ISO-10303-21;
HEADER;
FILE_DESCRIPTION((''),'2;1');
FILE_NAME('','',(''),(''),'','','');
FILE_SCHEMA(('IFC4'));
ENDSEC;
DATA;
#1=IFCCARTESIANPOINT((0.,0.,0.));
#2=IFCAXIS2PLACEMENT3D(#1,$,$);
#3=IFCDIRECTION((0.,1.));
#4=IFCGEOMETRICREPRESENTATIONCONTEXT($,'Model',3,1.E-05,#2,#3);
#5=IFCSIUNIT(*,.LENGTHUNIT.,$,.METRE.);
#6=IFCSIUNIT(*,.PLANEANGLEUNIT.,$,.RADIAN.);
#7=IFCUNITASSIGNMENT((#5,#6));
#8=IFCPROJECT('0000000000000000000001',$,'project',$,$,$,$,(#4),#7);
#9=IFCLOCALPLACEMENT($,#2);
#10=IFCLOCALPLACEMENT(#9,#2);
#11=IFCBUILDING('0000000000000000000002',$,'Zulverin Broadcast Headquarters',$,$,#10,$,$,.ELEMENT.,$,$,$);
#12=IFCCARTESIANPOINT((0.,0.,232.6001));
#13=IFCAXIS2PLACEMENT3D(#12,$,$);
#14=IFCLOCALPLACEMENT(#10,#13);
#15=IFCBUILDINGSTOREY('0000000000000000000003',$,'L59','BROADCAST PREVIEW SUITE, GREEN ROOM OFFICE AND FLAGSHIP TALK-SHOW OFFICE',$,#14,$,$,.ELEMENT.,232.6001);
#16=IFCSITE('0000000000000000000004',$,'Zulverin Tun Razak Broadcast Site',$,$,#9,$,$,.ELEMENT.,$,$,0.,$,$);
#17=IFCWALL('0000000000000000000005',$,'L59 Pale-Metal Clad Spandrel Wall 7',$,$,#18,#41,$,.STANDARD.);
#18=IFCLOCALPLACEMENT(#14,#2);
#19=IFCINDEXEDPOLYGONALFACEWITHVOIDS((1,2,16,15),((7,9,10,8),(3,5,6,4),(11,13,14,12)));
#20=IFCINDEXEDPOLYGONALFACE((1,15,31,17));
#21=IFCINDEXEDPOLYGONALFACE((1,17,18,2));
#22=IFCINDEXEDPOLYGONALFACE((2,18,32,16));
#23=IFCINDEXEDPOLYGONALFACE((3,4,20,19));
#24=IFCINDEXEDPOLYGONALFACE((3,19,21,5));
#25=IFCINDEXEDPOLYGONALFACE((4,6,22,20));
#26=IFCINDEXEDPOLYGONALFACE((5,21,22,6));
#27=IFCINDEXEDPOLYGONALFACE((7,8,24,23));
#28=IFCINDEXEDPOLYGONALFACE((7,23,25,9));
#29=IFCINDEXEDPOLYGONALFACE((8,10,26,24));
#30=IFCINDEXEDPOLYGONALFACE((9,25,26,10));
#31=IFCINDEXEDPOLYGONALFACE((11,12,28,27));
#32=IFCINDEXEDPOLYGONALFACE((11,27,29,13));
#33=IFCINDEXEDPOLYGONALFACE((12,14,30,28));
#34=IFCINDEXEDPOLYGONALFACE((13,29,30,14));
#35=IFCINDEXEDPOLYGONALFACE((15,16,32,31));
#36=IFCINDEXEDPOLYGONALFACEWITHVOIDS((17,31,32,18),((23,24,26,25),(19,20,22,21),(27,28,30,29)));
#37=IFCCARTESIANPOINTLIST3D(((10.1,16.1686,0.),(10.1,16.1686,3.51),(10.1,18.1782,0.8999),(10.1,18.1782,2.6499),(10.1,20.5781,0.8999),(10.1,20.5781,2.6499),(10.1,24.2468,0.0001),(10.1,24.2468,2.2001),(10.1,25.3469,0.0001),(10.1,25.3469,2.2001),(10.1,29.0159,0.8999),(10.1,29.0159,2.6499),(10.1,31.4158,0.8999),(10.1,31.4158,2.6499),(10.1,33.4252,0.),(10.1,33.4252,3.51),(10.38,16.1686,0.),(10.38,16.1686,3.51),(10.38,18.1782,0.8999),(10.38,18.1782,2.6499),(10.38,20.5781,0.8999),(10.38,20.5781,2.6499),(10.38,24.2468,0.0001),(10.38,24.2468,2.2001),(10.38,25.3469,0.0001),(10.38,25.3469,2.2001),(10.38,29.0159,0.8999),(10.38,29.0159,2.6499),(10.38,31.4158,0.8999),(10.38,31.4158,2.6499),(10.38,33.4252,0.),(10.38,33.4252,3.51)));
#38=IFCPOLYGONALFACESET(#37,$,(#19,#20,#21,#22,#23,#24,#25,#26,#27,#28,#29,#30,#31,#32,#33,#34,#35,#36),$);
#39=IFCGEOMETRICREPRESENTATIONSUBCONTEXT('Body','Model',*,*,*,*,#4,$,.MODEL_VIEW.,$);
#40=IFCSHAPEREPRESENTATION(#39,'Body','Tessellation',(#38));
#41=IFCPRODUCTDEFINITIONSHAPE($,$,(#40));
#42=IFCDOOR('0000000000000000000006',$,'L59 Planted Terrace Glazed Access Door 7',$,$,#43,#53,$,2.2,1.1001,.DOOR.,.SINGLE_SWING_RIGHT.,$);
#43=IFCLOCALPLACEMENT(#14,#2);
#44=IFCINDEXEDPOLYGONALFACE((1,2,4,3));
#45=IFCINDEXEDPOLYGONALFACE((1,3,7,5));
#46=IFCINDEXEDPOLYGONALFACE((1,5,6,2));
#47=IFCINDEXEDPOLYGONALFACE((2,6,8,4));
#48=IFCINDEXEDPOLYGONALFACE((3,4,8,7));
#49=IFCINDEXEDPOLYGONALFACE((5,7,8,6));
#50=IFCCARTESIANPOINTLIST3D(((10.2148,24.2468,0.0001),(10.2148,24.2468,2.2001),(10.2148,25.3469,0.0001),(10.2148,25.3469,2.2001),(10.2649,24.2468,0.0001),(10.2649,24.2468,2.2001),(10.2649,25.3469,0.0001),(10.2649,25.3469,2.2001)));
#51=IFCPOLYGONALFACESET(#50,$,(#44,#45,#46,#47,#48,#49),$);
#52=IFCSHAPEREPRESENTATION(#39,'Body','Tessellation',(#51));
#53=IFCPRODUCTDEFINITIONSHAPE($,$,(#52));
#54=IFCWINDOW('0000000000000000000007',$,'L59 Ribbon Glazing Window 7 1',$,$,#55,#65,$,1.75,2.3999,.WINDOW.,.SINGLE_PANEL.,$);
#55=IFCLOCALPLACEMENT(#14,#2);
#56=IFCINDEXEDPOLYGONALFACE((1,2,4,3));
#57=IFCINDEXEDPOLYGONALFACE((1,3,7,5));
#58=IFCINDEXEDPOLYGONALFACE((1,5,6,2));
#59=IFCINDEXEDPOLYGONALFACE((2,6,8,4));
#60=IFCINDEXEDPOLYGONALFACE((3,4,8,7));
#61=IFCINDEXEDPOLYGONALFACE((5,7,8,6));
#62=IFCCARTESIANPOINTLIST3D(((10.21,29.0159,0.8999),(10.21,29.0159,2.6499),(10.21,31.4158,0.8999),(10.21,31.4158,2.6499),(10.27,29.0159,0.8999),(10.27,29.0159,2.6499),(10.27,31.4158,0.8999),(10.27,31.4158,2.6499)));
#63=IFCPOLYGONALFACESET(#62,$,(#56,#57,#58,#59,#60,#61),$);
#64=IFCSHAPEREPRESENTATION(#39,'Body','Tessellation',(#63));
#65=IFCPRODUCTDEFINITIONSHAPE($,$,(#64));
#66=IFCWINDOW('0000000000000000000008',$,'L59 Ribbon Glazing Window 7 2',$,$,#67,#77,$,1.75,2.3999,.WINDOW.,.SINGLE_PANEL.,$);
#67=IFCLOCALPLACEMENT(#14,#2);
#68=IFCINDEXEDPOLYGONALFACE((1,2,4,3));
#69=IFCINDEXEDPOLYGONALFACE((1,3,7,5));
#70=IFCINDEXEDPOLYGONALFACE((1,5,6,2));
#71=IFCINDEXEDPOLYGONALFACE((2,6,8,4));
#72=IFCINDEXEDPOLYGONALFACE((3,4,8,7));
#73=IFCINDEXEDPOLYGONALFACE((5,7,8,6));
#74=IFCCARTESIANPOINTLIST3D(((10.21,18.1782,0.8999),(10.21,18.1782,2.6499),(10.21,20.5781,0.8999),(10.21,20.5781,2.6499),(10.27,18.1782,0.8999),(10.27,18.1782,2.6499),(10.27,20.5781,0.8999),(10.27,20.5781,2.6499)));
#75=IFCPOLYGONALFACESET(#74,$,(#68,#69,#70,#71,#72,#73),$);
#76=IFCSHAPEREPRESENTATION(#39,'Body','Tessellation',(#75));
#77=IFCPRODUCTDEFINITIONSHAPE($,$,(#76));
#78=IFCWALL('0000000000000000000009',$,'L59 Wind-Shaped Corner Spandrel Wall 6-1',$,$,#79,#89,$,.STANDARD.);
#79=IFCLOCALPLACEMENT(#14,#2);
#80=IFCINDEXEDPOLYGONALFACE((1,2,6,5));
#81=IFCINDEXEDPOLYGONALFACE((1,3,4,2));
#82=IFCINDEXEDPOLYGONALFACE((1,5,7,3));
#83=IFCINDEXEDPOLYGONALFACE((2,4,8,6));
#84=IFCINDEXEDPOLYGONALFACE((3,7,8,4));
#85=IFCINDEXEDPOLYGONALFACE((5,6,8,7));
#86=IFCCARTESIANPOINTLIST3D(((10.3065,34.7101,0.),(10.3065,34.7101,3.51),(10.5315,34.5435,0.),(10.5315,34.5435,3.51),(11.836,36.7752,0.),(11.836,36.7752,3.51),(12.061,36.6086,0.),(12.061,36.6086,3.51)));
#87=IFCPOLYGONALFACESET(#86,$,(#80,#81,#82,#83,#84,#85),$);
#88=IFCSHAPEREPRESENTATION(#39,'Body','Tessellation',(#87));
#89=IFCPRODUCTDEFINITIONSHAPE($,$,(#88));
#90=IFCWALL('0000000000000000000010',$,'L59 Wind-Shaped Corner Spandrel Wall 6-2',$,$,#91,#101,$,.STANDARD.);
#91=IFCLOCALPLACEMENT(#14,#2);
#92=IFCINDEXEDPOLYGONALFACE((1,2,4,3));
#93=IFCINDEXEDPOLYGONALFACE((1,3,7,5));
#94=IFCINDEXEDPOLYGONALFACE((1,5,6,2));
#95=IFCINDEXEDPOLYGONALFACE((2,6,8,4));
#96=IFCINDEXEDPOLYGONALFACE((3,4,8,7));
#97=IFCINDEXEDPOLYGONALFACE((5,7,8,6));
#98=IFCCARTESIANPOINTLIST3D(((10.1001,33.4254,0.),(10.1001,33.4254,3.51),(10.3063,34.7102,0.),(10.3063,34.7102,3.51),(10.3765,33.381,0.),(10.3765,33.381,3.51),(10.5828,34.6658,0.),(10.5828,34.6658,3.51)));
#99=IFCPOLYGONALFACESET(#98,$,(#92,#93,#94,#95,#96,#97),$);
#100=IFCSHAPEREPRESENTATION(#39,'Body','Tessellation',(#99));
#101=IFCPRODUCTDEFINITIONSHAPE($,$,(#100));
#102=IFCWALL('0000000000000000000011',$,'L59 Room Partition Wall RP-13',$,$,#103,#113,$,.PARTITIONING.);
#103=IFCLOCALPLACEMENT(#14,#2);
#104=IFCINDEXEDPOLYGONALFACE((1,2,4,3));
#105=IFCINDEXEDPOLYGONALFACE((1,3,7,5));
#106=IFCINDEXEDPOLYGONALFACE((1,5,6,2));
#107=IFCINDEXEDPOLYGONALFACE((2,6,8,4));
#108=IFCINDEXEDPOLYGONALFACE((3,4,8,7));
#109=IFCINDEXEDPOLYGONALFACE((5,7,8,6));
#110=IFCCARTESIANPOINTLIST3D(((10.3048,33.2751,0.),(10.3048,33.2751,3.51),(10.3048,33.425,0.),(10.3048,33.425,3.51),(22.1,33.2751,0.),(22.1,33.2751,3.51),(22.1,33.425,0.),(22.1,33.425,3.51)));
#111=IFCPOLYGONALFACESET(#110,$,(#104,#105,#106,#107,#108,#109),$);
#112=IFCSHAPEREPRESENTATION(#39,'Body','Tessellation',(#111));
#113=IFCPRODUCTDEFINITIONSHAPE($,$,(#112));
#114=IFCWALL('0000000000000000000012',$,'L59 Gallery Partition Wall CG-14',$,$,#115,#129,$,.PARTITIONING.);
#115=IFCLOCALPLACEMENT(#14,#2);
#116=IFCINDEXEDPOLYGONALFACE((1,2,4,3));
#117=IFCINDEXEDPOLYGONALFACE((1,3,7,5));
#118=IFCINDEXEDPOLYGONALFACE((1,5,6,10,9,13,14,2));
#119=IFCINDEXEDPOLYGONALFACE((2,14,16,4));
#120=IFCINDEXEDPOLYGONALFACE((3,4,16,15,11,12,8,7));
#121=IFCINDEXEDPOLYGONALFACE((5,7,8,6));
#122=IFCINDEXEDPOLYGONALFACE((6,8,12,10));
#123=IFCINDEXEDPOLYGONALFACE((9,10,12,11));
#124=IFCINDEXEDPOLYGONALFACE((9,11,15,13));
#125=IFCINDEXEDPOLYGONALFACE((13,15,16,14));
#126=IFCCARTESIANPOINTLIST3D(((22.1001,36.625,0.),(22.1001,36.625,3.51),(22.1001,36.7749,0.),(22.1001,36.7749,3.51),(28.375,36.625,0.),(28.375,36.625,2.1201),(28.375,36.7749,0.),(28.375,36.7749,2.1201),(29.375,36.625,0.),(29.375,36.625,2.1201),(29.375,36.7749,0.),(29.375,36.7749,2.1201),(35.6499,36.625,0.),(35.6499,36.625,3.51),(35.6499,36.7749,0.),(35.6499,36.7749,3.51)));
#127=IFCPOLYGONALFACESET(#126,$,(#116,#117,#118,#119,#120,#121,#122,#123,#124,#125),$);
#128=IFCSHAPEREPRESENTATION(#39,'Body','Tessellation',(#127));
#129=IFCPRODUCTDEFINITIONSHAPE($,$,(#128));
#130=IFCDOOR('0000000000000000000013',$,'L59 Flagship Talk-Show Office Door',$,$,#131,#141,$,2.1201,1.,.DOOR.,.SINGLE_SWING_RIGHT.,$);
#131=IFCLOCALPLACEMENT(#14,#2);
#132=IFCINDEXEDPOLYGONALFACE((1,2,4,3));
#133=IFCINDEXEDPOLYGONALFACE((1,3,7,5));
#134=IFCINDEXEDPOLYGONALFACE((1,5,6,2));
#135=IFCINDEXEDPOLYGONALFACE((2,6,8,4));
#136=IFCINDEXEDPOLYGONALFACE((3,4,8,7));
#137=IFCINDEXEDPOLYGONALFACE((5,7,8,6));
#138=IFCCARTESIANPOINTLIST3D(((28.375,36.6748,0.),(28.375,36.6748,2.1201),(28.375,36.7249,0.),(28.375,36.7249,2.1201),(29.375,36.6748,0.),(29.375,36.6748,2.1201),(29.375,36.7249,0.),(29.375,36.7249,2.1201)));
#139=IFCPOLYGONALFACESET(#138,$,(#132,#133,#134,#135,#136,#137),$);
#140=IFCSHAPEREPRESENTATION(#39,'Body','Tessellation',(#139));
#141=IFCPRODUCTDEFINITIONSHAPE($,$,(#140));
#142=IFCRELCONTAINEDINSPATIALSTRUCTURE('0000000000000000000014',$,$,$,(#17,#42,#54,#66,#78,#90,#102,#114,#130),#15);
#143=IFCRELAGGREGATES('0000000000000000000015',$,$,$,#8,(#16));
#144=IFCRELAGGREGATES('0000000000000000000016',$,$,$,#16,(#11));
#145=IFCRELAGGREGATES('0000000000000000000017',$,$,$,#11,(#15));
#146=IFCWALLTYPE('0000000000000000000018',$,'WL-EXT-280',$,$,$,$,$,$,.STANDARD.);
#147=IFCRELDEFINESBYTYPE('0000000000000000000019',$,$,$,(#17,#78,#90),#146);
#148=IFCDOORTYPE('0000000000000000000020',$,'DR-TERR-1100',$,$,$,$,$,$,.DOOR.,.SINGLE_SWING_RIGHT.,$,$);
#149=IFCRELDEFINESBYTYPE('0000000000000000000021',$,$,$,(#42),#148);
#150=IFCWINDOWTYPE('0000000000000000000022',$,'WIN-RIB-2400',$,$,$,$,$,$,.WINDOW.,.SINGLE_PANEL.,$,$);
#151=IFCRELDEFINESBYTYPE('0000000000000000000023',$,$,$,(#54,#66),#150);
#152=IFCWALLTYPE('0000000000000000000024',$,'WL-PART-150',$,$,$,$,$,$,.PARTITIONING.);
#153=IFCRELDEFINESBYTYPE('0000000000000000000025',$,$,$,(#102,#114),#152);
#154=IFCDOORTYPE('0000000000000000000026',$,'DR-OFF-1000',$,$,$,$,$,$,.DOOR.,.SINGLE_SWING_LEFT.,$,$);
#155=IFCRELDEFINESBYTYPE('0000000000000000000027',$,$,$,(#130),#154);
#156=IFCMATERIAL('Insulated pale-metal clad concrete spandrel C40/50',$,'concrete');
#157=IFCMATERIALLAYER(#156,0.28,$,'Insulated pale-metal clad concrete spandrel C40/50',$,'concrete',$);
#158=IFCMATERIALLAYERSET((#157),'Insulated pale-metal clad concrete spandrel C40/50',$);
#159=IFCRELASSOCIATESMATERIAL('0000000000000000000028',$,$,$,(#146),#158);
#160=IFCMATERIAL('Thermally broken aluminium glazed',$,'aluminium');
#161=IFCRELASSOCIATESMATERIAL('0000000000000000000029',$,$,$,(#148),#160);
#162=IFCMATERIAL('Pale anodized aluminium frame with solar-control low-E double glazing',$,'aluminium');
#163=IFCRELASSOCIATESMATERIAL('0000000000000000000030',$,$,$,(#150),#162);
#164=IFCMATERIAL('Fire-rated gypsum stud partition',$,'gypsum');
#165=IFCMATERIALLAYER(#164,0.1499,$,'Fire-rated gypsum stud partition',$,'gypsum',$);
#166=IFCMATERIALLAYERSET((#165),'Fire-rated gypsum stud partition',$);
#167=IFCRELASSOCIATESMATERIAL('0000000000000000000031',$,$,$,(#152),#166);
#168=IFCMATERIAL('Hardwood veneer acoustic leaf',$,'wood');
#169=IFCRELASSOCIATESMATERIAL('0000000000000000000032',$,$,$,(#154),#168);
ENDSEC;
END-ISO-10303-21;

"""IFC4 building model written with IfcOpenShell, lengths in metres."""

from ifc_helpers import new_model, si_unit, direction, frame, frame_2d, origin, place, context, subcontext, project, spatial, rectangle, extrude, material, layer, layer_set, type_object, element, fill, save


model = new_model("IFC4")

# Units and contexts
model_context = context("Model", 3, precision=1e-05, world=origin(), true_north=direction((0.0, 1.0)))
body_context = subcontext(model_context, "Body", "Model", "MODEL_VIEW")
ifc_project = project(units=[si_unit("LENGTHUNIT", "METRE"), si_unit("PLANEANGLEUNIT", "RADIAN")], contexts=[model_context])

# Site, building, storey
site_placement = place(None, origin())
site = spatial("IfcSite", under=ifc_project, at=site_placement, Name="Zulverin Tun Razak Broadcast Site", CompositionType="ELEMENT", RefElevation=0.0)
building_placement = place(site_placement, origin())
building = spatial("IfcBuilding", under=site, at=building_placement, Name="Zulverin Broadcast Headquarters", CompositionType="ELEMENT")
storey_placement = place(building_placement, frame((0.0, 0.0, 232.6001)))
storey = spatial("IfcBuildingStorey", under=building, at=storey_placement, Name="L59", Description="BROADCAST PREVIEW SUITE, GREEN ROOM OFFICE AND FLAGSHIP TALK-SHOW OFFICE", CompositionType="ELEMENT", Elevation=232.6001)

# Wall, openings, door, windows
ifc_material_1 = material(Name="Insulated pale-metal clad concrete spandrel C40/50", Category="concrete")
ifc_layer_1 = layer(ifc_material_1, 0.28, Name="Insulated pale-metal clad concrete spandrel C40/50", Category="concrete")
ifc_layer_set_1 = layer_set([ifc_layer_1], Name="Insulated pale-metal clad concrete spandrel C40/50")
wall_type_1 = type_object("IfcWallType", Name="WL-EXT-280", PredefinedType="STANDARD", material=ifc_layer_set_1)
wall_1_placement = place(storey_placement, frame((10.24, 33.4253, 0.0), z_axis=(0.0, 0.0, 1.0), x_axis=(0.0, -1.0, 0.0)))
wall_1 = element("IfcWall", 1, at=wall_1_placement, inside=storey, type_object=wall_type_1, Name="L59 Pale-Metal Clad Spandrel Wall 7", PredefinedType="STANDARD", context=body_context, shape_type="SweptSolid", body=[
    extrude(rectangle(XDim=17.2566, YDim=0.28, at=frame_2d((8.6284, 0.0))), origin(), (0.0, 0.0, 1.0), 3.51),
])
opening_1_placement = place(wall_1_placement, frame((8.0784, 0.0, 0.0)))
opening_1 = element("IfcOpeningElement", 2, at=opening_1_placement, cuts=wall_1, PredefinedType="OPENING", context=body_context, shape_type="SweptSolid", body=[
    extrude(rectangle(XDim=1.1001, YDim=2.2, at=frame_2d((0.55, 1.1001))), frame((0.0, 0.1499, 0.0), z_axis=(0.0, -1.0, 0.0), x_axis=(1.0, 0.0, 0.0)), (0.0, 0.0, 1.0), 0.3),
])
opening_2_placement = place(wall_1_placement, frame((2.0095, 0.0, 0.8999)))
opening_2 = element("IfcOpeningElement", 3, at=opening_2_placement, cuts=wall_1, PredefinedType="OPENING", context=body_context, shape_type="SweptSolid", body=[
    extrude(rectangle(XDim=2.3999, YDim=1.75, at=frame_2d((1.2, 0.875))), frame((0.0, 0.1499, 0.0), z_axis=(0.0, -1.0, 0.0), x_axis=(1.0, 0.0, 0.0)), (0.0, 0.0, 1.0), 0.3),
])
opening_3_placement = place(wall_1_placement, frame((12.8472, 0.0, 0.8999)))
opening_3 = element("IfcOpeningElement", 4, at=opening_3_placement, cuts=wall_1, PredefinedType="OPENING", context=body_context, shape_type="SweptSolid", body=[
    extrude(rectangle(XDim=2.3999, YDim=1.75, at=frame_2d((1.2, 0.875))), frame((0.0, 0.1499, 0.0), z_axis=(0.0, -1.0, 0.0), x_axis=(1.0, 0.0, 0.0)), (0.0, 0.0, 1.0), 0.3),
])
ifc_material_2 = material(Name="Thermally broken aluminium glazed", Category="aluminium")
door_type_1 = type_object("IfcDoorType", Name="DR-TERR-1100", OperationType="SINGLE_SWING_RIGHT", PredefinedType="DOOR", material=ifc_material_2)
door_1_placement = place(opening_1_placement, origin())
door_1 = element("IfcDoor", 5, at=door_1_placement, inside=storey, type_object=door_type_1, Name="L59 Planted Terrace Glazed Access Door 7", OperationType="SINGLE_SWING_RIGHT", OverallHeight=2.2, OverallWidth=1.1001, PredefinedType="DOOR", context=body_context, shape_type="SweptSolid", body=[
    extrude(rectangle(XDim=1.1001, YDim=2.2, at=frame_2d((0.55, 1.1001))), frame((0.0, 0.0249, 0.0), z_axis=(0.0, -1.0, 0.0), x_axis=(1.0, 0.0, 0.0)), (0.0, 0.0, 1.0), 0.05),
])
fill(opening_1, door_1)
ifc_material_3 = material(Name="Pale anodized aluminium frame with solar-control low-E double glazing", Category="aluminium")
window_type = type_object("IfcWindowType", Name="WIN-RIB-2400", PartitioningType="SINGLE_PANEL", PredefinedType="WINDOW", material=ifc_material_3)
window_1_placement = place(opening_2_placement, origin())
window_1 = element("IfcWindow", 6, at=window_1_placement, inside=storey, type_object=window_type, Name="L59 Ribbon Glazing Window 7 1", OverallHeight=1.75, OverallWidth=2.3999, PartitioningType="SINGLE_PANEL", PredefinedType="WINDOW", context=body_context, shape_type="SweptSolid", body=[
    extrude(rectangle(XDim=2.3999, YDim=1.75, at=frame_2d((1.2, 0.875))), frame((0.0, 0.03, 0.0), z_axis=(0.0, -1.0, 0.0), x_axis=(1.0, 0.0, 0.0)), (0.0, 0.0, 1.0), 0.0601),
])
fill(opening_2, window_1)
window_2_placement = place(opening_3_placement, origin())
window_2 = element("IfcWindow", 7, at=window_2_placement, inside=storey, type_object=window_type, Name="L59 Ribbon Glazing Window 7 2", OverallHeight=1.75, OverallWidth=2.3999, PartitioningType="SINGLE_PANEL", PredefinedType="WINDOW", context=body_context, shape_type="SweptSolid", body=[
    extrude(rectangle(XDim=2.3999, YDim=1.75, at=frame_2d((1.2, 0.875))), frame((0.0, 0.03, 0.0), z_axis=(0.0, -1.0, 0.0), x_axis=(1.0, 0.0, 0.0)), (0.0, 0.0, 1.0), 0.0601),
])
fill(opening_3, window_2)

# Walls
wall_2_placement = place(storey_placement, frame((11.9485, 36.6919, 0.0), z_axis=(0.0, 0.0, 1.0), x_axis=(-0.595171, -0.803599, 0.0)))
element("IfcWall", 8, at=wall_2_placement, inside=storey, type_object=wall_type_1, Name="L59 Wind-Shaped Corner Spandrel Wall 6-1", PredefinedType="STANDARD", context=body_context, shape_type="SweptSolid", body=[
    extrude(rectangle(XDim=2.5698, YDim=0.28, at=frame_2d((1.2849, 0.0))), origin(), (0.0, 0.0, 1.0), 3.51),
])
wall_3_placement = place(storey_placement, frame((10.4446, 34.688, 0.0), z_axis=(0.0, 0.0, 1.0), x_axis=(-0.158525, -0.987355, 0.0)))
element("IfcWall", 9, at=wall_3_placement, inside=storey, type_object=wall_type_1, Name="L59 Wind-Shaped Corner Spandrel Wall 6-2", PredefinedType="STANDARD", context=body_context, shape_type="SweptSolid", body=[
    extrude(rectangle(XDim=1.3013, YDim=0.28, at=frame_2d((0.6506, 0.0))), origin(), (0.0, 0.0, 1.0), 3.51),
])
ifc_material_4 = material(Name="Fire-rated gypsum stud partition", Category="gypsum")
ifc_layer_2 = layer(ifc_material_4, 0.1499, Name="Fire-rated gypsum stud partition", Category="gypsum")
ifc_layer_set_2 = layer_set([ifc_layer_2], Name="Fire-rated gypsum stud partition")
wall_type_2 = type_object("IfcWallType", Name="WL-PART-150", PredefinedType="PARTITIONING", material=ifc_layer_set_2)
wall_4_placement = place(storey_placement, frame((10.3049, 33.3501, 0.0), z_axis=(0.0, 0.0, 1.0), x_axis=(1.0, 0.0, 0.0)))
element("IfcWall", 10, at=wall_4_placement, inside=storey, type_object=wall_type_2, Name="L59 Room Partition Wall RP-13", PredefinedType="PARTITIONING", context=body_context, shape_type="SweptSolid", body=[
    extrude(rectangle(XDim=11.7952, YDim=0.1499, at=frame_2d((5.8975, 0.0))), origin(), (0.0, 0.0, 1.0), 3.51),
])

# Wall, opening, door
wall_5_placement = place(storey_placement, frame((22.1001, 36.7, 0.0), z_axis=(0.0, 0.0, 1.0), x_axis=(1.0, 0.0, 0.0)))
wall_5 = element("IfcWall", 11, at=wall_5_placement, inside=storey, type_object=wall_type_2, Name="L59 Gallery Partition Wall CG-14", PredefinedType="PARTITIONING", context=body_context, shape_type="SweptSolid", body=[
    extrude(rectangle(XDim=13.5498, YDim=0.1499, at=frame_2d((6.7749, 0.0))), origin(), (0.0, 0.0, 1.0), 3.51),
])
opening_4_placement = place(wall_5_placement, frame((6.2749, 0.0, 0.0)))
opening_4 = element("IfcOpeningElement", 12, at=opening_4_placement, cuts=wall_5, PredefinedType="OPENING", context=body_context, shape_type="SweptSolid", body=[
    extrude(rectangle(XDim=1.0, YDim=2.1201, at=frame_2d((0.5, 1.0601))), frame((0.0, 0.085, 0.0), z_axis=(0.0, -1.0, 0.0), x_axis=(1.0, 0.0, 0.0)), (0.0, 0.0, 1.0), 0.1699),
])
ifc_material_5 = material(Name="Hardwood veneer acoustic leaf", Category="wood")
door_type_2 = type_object("IfcDoorType", Name="DR-OFF-1000", OperationType="SINGLE_SWING_LEFT", PredefinedType="DOOR", material=ifc_material_5)
door_2_placement = place(opening_4_placement, origin())
door_2 = element("IfcDoor", 13, at=door_2_placement, inside=storey, type_object=door_type_2, Name="L59 Flagship Talk-Show Office Door", OperationType="SINGLE_SWING_RIGHT", OverallHeight=2.1201, OverallWidth=1.0, PredefinedType="DOOR", context=body_context, shape_type="SweptSolid", body=[
    extrude(rectangle(XDim=1.0, YDim=2.1201, at=frame_2d((0.5, 1.0601))), frame((0.0, 0.0249, 0.0), z_axis=(0.0, -1.0, 0.0), x_axis=(1.0, 0.0, 0.0)), (0.0, 0.0, 1.0), 0.05),
])
fill(opening_4, door_2)

save(model, "model.ifc")
